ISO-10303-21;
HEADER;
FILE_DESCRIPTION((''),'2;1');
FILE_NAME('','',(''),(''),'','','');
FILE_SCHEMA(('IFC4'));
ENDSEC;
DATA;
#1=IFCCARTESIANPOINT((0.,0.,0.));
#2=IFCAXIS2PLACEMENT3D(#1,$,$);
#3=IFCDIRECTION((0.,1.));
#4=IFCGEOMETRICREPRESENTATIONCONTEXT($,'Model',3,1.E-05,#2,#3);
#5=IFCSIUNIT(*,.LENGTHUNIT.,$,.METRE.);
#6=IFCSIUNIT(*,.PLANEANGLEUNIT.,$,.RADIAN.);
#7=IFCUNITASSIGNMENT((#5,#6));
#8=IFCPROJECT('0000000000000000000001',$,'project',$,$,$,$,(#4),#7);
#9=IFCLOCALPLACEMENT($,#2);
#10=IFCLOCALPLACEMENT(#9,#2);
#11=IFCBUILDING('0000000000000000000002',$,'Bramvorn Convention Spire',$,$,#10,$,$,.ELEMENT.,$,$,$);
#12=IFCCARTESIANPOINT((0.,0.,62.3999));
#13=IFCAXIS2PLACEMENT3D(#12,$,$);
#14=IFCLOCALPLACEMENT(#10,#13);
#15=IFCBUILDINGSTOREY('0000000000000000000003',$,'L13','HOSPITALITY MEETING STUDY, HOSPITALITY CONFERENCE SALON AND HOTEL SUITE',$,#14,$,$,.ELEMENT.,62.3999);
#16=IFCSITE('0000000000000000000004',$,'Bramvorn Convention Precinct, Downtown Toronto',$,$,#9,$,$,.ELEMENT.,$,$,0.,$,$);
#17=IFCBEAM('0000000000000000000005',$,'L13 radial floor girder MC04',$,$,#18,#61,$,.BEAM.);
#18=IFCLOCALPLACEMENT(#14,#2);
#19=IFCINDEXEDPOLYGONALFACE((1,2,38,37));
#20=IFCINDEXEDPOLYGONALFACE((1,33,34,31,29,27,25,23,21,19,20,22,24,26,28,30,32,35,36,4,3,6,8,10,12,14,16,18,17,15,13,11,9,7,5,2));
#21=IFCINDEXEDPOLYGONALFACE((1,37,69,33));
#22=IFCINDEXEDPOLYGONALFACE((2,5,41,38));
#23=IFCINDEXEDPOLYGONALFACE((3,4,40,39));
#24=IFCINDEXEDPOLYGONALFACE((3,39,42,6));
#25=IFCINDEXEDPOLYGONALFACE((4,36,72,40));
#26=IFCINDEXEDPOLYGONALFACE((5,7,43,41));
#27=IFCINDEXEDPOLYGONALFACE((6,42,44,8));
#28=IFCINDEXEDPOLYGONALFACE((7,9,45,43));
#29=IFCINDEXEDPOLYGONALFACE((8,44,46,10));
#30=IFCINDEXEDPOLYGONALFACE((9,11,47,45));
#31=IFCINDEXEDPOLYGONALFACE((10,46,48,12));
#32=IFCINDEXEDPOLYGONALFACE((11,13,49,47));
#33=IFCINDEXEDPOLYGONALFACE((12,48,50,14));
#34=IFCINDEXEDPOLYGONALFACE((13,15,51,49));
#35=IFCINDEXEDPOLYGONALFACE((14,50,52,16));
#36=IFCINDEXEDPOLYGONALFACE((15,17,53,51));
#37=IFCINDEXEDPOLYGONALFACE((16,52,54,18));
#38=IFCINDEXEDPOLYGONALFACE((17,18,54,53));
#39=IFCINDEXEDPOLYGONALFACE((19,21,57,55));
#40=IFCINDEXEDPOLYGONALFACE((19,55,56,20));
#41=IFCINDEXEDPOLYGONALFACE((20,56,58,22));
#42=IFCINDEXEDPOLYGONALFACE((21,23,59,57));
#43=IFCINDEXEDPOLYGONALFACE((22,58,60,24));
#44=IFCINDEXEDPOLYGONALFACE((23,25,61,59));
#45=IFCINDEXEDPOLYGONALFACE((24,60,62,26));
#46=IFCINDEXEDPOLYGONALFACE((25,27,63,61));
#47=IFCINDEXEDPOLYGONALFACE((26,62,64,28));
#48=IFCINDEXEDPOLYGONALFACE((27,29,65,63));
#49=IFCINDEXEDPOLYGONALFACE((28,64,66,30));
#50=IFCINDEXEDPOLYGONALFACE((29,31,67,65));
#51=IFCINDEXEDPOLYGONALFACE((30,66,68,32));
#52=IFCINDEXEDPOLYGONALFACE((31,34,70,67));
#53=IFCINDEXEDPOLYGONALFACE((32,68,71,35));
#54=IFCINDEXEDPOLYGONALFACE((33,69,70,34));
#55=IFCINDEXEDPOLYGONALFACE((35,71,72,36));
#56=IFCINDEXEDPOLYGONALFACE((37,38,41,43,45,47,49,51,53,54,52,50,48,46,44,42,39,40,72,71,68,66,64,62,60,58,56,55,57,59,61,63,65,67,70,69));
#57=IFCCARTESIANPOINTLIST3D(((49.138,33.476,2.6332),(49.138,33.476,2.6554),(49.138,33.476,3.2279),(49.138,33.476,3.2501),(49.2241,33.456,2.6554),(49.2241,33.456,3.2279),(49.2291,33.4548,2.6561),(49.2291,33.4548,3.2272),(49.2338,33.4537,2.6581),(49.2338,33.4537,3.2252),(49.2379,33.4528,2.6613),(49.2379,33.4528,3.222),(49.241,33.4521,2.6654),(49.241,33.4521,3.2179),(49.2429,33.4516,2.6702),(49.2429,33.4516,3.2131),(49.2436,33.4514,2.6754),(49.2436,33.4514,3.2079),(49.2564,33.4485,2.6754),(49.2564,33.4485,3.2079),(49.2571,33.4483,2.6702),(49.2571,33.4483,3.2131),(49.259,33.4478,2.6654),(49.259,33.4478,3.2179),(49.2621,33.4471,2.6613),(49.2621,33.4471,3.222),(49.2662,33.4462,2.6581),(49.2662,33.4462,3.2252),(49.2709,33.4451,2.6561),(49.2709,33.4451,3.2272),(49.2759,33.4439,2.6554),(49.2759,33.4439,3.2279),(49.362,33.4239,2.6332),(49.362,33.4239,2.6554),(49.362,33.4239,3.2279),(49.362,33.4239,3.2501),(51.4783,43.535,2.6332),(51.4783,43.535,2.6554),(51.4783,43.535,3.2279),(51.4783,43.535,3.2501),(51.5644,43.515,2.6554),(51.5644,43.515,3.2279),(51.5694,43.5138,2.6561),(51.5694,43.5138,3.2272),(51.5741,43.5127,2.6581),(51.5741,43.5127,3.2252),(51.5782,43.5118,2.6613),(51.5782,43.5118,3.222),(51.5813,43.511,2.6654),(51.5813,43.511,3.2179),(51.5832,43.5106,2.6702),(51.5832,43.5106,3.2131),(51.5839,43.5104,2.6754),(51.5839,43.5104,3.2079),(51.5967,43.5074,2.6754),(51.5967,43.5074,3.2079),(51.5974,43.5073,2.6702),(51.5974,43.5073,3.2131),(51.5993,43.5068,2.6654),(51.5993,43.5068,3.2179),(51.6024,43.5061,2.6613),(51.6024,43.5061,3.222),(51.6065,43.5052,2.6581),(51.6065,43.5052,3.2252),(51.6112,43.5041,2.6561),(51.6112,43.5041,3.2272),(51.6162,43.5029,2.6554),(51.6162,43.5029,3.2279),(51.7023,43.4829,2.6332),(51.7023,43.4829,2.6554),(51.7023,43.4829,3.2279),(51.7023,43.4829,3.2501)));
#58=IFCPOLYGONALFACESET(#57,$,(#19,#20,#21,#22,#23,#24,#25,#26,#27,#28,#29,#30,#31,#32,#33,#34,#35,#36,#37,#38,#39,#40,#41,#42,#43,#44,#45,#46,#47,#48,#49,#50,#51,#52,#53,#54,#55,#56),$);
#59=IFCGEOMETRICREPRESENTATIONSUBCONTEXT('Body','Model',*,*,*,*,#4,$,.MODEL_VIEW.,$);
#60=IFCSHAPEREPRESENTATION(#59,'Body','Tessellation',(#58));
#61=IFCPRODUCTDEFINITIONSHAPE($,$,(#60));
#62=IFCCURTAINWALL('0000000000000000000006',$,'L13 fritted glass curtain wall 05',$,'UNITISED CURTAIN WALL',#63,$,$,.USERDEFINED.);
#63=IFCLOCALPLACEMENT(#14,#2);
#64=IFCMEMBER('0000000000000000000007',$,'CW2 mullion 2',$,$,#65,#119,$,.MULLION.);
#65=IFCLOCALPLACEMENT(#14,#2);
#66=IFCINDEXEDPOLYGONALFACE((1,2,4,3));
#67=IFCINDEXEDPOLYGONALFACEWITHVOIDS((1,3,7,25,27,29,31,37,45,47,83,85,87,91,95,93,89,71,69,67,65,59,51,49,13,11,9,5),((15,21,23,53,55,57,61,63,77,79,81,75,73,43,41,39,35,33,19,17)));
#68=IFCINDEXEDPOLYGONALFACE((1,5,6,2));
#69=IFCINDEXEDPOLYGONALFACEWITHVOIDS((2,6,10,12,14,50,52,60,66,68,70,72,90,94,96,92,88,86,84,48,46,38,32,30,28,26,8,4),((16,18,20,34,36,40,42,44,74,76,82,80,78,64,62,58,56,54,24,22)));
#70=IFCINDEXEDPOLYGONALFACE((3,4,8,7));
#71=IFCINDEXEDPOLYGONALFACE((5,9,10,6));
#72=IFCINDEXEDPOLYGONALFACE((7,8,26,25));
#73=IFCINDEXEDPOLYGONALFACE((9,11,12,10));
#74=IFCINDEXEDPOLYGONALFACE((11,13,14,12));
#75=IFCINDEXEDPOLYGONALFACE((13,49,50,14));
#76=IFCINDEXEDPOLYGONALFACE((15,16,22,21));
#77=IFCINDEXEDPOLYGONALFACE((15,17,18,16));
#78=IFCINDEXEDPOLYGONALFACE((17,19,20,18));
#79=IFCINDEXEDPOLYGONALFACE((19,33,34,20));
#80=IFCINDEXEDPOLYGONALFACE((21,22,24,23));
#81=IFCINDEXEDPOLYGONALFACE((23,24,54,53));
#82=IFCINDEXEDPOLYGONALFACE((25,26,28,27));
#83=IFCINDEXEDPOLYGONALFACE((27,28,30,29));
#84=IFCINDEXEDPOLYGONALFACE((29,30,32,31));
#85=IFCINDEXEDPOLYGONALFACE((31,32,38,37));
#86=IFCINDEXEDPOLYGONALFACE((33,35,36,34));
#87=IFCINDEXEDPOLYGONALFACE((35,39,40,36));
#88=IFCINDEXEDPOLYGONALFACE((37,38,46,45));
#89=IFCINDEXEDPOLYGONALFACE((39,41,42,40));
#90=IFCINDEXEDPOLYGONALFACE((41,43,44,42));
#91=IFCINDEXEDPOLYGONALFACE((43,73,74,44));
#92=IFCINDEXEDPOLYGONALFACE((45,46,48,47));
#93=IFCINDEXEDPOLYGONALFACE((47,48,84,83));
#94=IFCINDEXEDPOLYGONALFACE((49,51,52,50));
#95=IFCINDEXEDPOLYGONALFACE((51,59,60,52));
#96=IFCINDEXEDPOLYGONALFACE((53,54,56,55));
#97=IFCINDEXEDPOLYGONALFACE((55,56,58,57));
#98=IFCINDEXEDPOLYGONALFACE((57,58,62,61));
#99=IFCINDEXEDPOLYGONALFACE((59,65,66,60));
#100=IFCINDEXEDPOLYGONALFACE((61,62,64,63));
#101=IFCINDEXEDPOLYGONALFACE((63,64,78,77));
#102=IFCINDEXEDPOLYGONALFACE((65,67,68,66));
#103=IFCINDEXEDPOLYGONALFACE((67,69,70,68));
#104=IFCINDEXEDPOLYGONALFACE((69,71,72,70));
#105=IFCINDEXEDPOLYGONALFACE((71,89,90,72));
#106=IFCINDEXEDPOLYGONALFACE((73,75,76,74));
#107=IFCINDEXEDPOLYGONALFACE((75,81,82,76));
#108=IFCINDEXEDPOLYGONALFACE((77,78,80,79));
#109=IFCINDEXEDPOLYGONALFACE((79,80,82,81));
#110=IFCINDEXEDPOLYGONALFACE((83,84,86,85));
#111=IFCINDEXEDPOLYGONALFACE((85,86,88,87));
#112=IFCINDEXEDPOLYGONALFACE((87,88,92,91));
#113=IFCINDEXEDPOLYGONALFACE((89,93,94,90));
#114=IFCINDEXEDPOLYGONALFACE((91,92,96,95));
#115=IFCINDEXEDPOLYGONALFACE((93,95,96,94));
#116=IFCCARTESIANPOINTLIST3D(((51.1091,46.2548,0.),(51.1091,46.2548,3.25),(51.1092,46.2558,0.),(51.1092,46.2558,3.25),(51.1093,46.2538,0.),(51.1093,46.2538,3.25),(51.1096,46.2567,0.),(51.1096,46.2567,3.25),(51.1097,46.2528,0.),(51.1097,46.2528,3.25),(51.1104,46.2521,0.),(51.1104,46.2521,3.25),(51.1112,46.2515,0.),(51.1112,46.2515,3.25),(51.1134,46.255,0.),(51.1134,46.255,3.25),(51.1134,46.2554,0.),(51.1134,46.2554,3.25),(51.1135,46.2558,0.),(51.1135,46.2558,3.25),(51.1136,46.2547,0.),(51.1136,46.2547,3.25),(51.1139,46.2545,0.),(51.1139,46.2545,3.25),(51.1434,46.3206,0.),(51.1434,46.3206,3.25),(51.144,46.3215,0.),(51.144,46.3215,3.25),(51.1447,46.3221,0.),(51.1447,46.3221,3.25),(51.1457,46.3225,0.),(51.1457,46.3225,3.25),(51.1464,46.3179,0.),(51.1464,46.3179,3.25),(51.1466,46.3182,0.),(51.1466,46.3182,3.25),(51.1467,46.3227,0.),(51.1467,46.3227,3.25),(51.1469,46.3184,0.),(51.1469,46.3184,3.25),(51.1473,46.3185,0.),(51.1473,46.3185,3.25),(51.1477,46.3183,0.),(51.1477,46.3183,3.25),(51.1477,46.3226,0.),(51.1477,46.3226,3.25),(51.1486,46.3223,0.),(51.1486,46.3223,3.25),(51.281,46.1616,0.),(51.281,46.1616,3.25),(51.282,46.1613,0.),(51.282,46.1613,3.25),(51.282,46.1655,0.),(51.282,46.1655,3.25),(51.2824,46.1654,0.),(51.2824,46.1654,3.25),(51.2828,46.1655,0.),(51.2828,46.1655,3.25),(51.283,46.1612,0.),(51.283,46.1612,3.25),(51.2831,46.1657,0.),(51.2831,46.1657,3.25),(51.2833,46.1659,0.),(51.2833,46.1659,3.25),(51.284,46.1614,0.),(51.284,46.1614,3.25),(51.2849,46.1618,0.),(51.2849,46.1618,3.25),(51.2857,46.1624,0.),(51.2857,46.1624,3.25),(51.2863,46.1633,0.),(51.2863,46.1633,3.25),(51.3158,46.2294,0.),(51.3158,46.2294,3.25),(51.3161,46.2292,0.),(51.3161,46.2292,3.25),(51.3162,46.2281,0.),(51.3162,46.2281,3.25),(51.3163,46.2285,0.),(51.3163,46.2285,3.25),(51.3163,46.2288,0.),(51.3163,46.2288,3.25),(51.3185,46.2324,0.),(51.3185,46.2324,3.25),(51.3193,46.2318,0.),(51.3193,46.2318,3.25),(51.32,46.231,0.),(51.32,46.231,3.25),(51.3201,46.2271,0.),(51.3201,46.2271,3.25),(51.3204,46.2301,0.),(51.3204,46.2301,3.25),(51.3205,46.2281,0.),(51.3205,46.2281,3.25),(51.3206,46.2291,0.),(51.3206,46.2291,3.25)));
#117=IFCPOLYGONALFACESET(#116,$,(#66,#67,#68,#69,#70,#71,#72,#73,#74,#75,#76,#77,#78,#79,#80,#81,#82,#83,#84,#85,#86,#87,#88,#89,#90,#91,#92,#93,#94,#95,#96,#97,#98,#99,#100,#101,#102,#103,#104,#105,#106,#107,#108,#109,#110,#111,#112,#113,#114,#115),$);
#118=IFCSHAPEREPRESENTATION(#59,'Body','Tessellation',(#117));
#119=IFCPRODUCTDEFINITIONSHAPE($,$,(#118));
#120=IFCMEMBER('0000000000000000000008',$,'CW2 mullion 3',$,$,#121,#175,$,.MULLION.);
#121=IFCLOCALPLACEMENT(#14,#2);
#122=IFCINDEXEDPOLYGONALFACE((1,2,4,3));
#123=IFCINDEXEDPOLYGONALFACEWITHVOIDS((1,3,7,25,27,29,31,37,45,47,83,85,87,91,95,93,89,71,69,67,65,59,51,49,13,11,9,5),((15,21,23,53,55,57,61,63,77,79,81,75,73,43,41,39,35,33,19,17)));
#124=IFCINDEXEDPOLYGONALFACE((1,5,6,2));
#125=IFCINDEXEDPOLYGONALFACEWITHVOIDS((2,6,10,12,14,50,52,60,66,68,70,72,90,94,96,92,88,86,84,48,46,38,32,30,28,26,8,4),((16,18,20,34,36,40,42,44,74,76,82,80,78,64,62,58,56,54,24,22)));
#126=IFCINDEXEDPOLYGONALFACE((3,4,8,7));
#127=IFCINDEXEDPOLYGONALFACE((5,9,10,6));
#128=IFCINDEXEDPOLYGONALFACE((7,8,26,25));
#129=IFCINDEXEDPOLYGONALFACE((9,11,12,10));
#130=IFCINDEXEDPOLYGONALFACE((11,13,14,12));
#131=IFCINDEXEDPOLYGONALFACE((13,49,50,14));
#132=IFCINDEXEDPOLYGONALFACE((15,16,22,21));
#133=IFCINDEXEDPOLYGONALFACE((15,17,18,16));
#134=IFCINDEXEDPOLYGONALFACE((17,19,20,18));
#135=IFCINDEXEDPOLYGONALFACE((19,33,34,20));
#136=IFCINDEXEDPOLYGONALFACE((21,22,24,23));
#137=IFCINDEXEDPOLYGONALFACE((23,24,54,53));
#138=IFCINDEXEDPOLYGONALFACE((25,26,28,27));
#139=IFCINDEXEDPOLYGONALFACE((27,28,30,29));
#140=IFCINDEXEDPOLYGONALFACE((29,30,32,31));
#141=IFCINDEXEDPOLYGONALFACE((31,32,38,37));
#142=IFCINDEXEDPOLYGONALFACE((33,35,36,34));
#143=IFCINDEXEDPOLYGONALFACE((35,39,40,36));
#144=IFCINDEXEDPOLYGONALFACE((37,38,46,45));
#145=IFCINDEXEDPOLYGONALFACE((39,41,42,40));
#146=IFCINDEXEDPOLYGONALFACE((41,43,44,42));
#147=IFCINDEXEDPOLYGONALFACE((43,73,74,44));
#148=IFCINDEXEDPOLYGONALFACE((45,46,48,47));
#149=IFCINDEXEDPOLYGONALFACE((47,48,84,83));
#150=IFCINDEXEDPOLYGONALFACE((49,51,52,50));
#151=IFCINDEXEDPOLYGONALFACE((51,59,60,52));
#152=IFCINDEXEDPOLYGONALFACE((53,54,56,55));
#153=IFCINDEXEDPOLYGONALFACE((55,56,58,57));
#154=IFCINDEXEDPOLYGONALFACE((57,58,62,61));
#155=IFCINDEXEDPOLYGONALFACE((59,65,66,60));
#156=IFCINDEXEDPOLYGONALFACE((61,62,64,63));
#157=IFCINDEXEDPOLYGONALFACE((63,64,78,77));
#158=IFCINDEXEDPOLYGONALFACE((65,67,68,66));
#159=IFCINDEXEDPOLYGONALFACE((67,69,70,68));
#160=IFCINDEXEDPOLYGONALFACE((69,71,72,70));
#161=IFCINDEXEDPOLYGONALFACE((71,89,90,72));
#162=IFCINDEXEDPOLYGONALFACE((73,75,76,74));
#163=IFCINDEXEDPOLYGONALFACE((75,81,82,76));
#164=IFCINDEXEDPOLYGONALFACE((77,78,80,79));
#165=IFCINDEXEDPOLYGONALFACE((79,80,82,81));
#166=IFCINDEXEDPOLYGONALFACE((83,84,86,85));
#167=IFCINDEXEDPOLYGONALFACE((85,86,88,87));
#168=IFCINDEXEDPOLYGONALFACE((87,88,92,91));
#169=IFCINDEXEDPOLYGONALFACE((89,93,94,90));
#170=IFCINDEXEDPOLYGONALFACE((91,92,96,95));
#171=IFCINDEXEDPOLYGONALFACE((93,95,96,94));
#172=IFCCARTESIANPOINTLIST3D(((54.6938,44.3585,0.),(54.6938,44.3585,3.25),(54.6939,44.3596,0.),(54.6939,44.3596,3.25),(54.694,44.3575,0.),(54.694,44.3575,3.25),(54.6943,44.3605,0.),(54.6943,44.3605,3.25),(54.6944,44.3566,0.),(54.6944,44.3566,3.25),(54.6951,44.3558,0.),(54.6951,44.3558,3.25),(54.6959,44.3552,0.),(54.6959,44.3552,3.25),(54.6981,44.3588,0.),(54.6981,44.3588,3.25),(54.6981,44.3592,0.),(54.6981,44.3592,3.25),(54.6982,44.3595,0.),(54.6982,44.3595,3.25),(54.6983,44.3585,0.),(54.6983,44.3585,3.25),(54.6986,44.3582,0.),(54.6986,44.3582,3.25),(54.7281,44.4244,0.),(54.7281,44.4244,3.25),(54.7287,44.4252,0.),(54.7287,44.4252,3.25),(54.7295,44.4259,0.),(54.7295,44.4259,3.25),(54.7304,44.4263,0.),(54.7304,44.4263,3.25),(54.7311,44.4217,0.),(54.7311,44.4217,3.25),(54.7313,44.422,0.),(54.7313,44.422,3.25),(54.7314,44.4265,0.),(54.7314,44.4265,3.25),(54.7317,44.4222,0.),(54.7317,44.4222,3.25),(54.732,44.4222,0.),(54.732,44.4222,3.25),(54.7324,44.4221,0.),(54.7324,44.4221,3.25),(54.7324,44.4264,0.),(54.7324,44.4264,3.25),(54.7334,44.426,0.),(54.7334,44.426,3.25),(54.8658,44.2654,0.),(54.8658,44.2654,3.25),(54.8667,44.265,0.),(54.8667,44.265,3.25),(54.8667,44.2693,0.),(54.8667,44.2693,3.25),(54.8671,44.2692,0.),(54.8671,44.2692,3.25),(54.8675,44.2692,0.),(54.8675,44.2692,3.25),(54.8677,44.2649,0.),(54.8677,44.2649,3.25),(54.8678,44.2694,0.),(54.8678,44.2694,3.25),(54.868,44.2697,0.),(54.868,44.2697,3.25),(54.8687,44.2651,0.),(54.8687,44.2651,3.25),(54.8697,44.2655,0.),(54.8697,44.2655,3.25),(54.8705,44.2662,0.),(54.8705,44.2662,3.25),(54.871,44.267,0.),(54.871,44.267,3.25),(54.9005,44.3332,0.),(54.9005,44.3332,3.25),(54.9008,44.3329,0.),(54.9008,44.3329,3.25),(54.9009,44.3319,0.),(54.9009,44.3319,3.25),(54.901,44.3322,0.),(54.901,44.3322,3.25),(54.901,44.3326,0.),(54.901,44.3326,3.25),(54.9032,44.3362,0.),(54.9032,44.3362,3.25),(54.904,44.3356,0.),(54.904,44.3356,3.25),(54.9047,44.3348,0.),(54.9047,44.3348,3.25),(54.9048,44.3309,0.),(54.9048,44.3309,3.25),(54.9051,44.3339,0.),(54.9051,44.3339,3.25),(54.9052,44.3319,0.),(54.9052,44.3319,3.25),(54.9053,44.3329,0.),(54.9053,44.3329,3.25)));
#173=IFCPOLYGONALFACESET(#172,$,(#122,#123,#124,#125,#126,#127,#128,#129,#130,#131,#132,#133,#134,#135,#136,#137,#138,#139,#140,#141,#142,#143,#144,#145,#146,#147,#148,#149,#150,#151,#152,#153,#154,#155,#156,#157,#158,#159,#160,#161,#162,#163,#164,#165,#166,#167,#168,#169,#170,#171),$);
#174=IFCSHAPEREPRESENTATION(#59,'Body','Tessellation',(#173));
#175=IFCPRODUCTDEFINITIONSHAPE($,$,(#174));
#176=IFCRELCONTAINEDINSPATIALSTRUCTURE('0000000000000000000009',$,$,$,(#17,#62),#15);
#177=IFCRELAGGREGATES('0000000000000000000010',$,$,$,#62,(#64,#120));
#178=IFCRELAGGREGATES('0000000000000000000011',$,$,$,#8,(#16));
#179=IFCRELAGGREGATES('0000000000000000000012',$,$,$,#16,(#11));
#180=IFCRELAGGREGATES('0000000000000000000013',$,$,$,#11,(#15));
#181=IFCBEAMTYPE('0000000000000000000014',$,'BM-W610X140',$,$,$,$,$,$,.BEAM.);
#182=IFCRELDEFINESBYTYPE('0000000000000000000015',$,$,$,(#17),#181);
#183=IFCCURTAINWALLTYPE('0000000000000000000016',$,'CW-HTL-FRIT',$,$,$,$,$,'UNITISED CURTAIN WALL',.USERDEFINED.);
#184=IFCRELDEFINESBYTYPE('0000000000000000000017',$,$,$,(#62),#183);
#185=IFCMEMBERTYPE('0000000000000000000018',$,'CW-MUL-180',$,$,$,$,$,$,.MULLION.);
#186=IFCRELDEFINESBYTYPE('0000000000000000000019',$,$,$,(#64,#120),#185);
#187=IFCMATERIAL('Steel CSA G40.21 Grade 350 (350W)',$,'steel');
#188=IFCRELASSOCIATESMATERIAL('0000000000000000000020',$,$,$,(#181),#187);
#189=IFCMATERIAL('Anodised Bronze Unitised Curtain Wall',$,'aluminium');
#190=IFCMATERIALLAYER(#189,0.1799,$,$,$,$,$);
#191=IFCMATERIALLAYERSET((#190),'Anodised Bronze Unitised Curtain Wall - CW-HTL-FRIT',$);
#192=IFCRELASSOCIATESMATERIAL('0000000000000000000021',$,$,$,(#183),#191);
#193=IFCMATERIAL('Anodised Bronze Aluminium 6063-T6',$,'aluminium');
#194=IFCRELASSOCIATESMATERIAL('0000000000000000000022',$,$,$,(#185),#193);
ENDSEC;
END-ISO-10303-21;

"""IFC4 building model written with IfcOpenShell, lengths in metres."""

from ifc_helpers import new_model, si_unit, direction, frame, origin, origin_2d, place, context, subcontext, project, spatial, hollow_rectangle, i_section, extrude, material, layer, layer_set, material_profile, profile_set, type_object, element, aggregate, save


model = new_model("IFC4")

# Units and contexts
model_context = context("Model", 3, precision=1e-05, world=origin(), true_north=direction((0.0, 1.0)))
body_context = subcontext(model_context, "Body", "Model", "MODEL_VIEW")
ifc_project = project(units=[si_unit("LENGTHUNIT", "METRE"), si_unit("PLANEANGLEUNIT", "RADIAN")], contexts=[model_context])

# Site, building, storey
site_placement = place(None, origin())
site = spatial("IfcSite", under=ifc_project, at=site_placement, Name="Bramvorn Convention Precinct, Downtown Toronto", CompositionType="ELEMENT", RefElevation=0.0)
building_placement = place(site_placement, origin())
building = spatial("IfcBuilding", under=site, at=building_placement, Name="Bramvorn Convention Spire", CompositionType="ELEMENT")
storey_placement = place(building_placement, frame((0.0, 0.0, 62.3999)))
storey = spatial("IfcBuildingStorey", under=building, at=storey_placement, Name="L13", Description="HOSPITALITY MEETING STUDY, HOSPITALITY CONFERENCE SALON AND HOTEL SUITE", CompositionType="ELEMENT", Elevation=62.3999)

# Shared definitions
ifc_material_1 = material(Name="Steel CSA G40.21 Grade 350 (350W)", Category="steel")

# Beam
ifc_material_profile_1 = material_profile(ifc_material_1, i_section(OverallWidth=0.23, OverallDepth=0.6169, WebThickness=0.0132, FlangeThickness=0.0222, FilletRadius=0.02, at=origin_2d()))
ifc_profile_set_1 = profile_set([ifc_material_profile_1], Name="Steel CSA G40.21 Grade 350 (350W) - W610X140")
beam_type_1 = type_object("IfcBeamType", Name="BM-W610X140", PredefinedType="BEAM", material=ifc_profile_set_1)
beam_1_placement = place(storey_placement, frame((49.25, 33.45, 2.9417), z_axis=(0.226606, 0.973986, 0.0), x_axis=(-0.973986, 0.226606, 0.0)))
element("IfcBeam", 1, at=beam_1_placement, inside=storey, type_object=beam_type_1, Name="L13 radial floor girder MC04", PredefinedType="BEAM", context=body_context, shape_type="SweptSolid", body=[
    extrude(i_section(OverallWidth=0.23, OverallDepth=0.6169, WebThickness=0.0132, FlangeThickness=0.0222, FilletRadius=0.02, at=origin_2d()), origin(), (0.0, 0.0, 1.0), 10.3276),
])

# Curtain wall, members
ifc_material_2 = material(Name="Anodised Bronze Unitised Curtain Wall", Category="aluminium")
ifc_layer_1 = layer(ifc_material_2, 0.1799)
ifc_layer_set_1 = layer_set([ifc_layer_1], Name="Anodised Bronze Unitised Curtain Wall - CW-HTL-FRIT")
curtain_wall_type = type_object("IfcCurtainWallType", Name="CW-HTL-FRIT", ElementType="UNITISED CURTAIN WALL", PredefinedType="USERDEFINED", material=ifc_layer_set_1)
curtain_wall_placement = place(storey_placement, origin())
curtain_wall = element("IfcCurtainWall", 2, at=curtain_wall_placement, inside=storey, type_object=curtain_wall_type, Name="L13 fritted glass curtain wall 05", ObjectType="UNITISED CURTAIN WALL", PredefinedType="USERDEFINED")
ifc_material_3 = material(Name="Anodised Bronze Aluminium 6063-T6", Category="aluminium")
ifc_material_profile_2 = material_profile(ifc_material_3, hollow_rectangle(XDim=0.0801, YDim=0.2, WallThickness=0.0039, InnerFilletRadius=0.001, OuterFilletRadius=0.0039, at=origin_2d()))
ifc_profile_set_2 = profile_set([ifc_material_profile_2], Name="Anodised Bronze Aluminium 6063-T6 - CWM80X200")
member_type_1 = type_object("IfcMemberType", Name="CW-MUL-180", PredefinedType="MULLION", material=ifc_profile_set_2)
member_1_placement = place(storey_placement, frame((51.2148, 46.2419, 0.0), z_axis=(0.0, 0.0, 1.0), x_axis=(0.467555, 0.883964, 0.0)))
member_1 = element("IfcMember", 3, at=member_1_placement, type_object=member_type_1, Name="CW2 mullion 2", PredefinedType="MULLION", context=body_context, shape_type="SweptSolid", body=[
    extrude(hollow_rectangle(XDim=0.0801, YDim=0.2, WallThickness=0.0039, InnerFilletRadius=0.001, OuterFilletRadius=0.0039, at=origin_2d()), origin(), (0.0, 0.0, 1.0), 3.25),
])
member_2_placement = place(storey_placement, frame((54.7996, 44.3457, 0.0), z_axis=(0.0, 0.0, 1.0), x_axis=(0.467555, 0.883964, 0.0)))
member_2 = element("IfcMember", 4, at=member_2_placement, type_object=member_type_1, Name="CW2 mullion 3", PredefinedType="MULLION", context=body_context, shape_type="SweptSolid", body=[
    extrude(hollow_rectangle(XDim=0.0801, YDim=0.2, WallThickness=0.0039, InnerFilletRadius=0.001, OuterFilletRadius=0.0039, at=origin_2d()), origin(), (0.0, 0.0, 1.0), 3.25),
])

aggregate(curtain_wall, [member_1, member_2])

save(model, "model.ifc")
